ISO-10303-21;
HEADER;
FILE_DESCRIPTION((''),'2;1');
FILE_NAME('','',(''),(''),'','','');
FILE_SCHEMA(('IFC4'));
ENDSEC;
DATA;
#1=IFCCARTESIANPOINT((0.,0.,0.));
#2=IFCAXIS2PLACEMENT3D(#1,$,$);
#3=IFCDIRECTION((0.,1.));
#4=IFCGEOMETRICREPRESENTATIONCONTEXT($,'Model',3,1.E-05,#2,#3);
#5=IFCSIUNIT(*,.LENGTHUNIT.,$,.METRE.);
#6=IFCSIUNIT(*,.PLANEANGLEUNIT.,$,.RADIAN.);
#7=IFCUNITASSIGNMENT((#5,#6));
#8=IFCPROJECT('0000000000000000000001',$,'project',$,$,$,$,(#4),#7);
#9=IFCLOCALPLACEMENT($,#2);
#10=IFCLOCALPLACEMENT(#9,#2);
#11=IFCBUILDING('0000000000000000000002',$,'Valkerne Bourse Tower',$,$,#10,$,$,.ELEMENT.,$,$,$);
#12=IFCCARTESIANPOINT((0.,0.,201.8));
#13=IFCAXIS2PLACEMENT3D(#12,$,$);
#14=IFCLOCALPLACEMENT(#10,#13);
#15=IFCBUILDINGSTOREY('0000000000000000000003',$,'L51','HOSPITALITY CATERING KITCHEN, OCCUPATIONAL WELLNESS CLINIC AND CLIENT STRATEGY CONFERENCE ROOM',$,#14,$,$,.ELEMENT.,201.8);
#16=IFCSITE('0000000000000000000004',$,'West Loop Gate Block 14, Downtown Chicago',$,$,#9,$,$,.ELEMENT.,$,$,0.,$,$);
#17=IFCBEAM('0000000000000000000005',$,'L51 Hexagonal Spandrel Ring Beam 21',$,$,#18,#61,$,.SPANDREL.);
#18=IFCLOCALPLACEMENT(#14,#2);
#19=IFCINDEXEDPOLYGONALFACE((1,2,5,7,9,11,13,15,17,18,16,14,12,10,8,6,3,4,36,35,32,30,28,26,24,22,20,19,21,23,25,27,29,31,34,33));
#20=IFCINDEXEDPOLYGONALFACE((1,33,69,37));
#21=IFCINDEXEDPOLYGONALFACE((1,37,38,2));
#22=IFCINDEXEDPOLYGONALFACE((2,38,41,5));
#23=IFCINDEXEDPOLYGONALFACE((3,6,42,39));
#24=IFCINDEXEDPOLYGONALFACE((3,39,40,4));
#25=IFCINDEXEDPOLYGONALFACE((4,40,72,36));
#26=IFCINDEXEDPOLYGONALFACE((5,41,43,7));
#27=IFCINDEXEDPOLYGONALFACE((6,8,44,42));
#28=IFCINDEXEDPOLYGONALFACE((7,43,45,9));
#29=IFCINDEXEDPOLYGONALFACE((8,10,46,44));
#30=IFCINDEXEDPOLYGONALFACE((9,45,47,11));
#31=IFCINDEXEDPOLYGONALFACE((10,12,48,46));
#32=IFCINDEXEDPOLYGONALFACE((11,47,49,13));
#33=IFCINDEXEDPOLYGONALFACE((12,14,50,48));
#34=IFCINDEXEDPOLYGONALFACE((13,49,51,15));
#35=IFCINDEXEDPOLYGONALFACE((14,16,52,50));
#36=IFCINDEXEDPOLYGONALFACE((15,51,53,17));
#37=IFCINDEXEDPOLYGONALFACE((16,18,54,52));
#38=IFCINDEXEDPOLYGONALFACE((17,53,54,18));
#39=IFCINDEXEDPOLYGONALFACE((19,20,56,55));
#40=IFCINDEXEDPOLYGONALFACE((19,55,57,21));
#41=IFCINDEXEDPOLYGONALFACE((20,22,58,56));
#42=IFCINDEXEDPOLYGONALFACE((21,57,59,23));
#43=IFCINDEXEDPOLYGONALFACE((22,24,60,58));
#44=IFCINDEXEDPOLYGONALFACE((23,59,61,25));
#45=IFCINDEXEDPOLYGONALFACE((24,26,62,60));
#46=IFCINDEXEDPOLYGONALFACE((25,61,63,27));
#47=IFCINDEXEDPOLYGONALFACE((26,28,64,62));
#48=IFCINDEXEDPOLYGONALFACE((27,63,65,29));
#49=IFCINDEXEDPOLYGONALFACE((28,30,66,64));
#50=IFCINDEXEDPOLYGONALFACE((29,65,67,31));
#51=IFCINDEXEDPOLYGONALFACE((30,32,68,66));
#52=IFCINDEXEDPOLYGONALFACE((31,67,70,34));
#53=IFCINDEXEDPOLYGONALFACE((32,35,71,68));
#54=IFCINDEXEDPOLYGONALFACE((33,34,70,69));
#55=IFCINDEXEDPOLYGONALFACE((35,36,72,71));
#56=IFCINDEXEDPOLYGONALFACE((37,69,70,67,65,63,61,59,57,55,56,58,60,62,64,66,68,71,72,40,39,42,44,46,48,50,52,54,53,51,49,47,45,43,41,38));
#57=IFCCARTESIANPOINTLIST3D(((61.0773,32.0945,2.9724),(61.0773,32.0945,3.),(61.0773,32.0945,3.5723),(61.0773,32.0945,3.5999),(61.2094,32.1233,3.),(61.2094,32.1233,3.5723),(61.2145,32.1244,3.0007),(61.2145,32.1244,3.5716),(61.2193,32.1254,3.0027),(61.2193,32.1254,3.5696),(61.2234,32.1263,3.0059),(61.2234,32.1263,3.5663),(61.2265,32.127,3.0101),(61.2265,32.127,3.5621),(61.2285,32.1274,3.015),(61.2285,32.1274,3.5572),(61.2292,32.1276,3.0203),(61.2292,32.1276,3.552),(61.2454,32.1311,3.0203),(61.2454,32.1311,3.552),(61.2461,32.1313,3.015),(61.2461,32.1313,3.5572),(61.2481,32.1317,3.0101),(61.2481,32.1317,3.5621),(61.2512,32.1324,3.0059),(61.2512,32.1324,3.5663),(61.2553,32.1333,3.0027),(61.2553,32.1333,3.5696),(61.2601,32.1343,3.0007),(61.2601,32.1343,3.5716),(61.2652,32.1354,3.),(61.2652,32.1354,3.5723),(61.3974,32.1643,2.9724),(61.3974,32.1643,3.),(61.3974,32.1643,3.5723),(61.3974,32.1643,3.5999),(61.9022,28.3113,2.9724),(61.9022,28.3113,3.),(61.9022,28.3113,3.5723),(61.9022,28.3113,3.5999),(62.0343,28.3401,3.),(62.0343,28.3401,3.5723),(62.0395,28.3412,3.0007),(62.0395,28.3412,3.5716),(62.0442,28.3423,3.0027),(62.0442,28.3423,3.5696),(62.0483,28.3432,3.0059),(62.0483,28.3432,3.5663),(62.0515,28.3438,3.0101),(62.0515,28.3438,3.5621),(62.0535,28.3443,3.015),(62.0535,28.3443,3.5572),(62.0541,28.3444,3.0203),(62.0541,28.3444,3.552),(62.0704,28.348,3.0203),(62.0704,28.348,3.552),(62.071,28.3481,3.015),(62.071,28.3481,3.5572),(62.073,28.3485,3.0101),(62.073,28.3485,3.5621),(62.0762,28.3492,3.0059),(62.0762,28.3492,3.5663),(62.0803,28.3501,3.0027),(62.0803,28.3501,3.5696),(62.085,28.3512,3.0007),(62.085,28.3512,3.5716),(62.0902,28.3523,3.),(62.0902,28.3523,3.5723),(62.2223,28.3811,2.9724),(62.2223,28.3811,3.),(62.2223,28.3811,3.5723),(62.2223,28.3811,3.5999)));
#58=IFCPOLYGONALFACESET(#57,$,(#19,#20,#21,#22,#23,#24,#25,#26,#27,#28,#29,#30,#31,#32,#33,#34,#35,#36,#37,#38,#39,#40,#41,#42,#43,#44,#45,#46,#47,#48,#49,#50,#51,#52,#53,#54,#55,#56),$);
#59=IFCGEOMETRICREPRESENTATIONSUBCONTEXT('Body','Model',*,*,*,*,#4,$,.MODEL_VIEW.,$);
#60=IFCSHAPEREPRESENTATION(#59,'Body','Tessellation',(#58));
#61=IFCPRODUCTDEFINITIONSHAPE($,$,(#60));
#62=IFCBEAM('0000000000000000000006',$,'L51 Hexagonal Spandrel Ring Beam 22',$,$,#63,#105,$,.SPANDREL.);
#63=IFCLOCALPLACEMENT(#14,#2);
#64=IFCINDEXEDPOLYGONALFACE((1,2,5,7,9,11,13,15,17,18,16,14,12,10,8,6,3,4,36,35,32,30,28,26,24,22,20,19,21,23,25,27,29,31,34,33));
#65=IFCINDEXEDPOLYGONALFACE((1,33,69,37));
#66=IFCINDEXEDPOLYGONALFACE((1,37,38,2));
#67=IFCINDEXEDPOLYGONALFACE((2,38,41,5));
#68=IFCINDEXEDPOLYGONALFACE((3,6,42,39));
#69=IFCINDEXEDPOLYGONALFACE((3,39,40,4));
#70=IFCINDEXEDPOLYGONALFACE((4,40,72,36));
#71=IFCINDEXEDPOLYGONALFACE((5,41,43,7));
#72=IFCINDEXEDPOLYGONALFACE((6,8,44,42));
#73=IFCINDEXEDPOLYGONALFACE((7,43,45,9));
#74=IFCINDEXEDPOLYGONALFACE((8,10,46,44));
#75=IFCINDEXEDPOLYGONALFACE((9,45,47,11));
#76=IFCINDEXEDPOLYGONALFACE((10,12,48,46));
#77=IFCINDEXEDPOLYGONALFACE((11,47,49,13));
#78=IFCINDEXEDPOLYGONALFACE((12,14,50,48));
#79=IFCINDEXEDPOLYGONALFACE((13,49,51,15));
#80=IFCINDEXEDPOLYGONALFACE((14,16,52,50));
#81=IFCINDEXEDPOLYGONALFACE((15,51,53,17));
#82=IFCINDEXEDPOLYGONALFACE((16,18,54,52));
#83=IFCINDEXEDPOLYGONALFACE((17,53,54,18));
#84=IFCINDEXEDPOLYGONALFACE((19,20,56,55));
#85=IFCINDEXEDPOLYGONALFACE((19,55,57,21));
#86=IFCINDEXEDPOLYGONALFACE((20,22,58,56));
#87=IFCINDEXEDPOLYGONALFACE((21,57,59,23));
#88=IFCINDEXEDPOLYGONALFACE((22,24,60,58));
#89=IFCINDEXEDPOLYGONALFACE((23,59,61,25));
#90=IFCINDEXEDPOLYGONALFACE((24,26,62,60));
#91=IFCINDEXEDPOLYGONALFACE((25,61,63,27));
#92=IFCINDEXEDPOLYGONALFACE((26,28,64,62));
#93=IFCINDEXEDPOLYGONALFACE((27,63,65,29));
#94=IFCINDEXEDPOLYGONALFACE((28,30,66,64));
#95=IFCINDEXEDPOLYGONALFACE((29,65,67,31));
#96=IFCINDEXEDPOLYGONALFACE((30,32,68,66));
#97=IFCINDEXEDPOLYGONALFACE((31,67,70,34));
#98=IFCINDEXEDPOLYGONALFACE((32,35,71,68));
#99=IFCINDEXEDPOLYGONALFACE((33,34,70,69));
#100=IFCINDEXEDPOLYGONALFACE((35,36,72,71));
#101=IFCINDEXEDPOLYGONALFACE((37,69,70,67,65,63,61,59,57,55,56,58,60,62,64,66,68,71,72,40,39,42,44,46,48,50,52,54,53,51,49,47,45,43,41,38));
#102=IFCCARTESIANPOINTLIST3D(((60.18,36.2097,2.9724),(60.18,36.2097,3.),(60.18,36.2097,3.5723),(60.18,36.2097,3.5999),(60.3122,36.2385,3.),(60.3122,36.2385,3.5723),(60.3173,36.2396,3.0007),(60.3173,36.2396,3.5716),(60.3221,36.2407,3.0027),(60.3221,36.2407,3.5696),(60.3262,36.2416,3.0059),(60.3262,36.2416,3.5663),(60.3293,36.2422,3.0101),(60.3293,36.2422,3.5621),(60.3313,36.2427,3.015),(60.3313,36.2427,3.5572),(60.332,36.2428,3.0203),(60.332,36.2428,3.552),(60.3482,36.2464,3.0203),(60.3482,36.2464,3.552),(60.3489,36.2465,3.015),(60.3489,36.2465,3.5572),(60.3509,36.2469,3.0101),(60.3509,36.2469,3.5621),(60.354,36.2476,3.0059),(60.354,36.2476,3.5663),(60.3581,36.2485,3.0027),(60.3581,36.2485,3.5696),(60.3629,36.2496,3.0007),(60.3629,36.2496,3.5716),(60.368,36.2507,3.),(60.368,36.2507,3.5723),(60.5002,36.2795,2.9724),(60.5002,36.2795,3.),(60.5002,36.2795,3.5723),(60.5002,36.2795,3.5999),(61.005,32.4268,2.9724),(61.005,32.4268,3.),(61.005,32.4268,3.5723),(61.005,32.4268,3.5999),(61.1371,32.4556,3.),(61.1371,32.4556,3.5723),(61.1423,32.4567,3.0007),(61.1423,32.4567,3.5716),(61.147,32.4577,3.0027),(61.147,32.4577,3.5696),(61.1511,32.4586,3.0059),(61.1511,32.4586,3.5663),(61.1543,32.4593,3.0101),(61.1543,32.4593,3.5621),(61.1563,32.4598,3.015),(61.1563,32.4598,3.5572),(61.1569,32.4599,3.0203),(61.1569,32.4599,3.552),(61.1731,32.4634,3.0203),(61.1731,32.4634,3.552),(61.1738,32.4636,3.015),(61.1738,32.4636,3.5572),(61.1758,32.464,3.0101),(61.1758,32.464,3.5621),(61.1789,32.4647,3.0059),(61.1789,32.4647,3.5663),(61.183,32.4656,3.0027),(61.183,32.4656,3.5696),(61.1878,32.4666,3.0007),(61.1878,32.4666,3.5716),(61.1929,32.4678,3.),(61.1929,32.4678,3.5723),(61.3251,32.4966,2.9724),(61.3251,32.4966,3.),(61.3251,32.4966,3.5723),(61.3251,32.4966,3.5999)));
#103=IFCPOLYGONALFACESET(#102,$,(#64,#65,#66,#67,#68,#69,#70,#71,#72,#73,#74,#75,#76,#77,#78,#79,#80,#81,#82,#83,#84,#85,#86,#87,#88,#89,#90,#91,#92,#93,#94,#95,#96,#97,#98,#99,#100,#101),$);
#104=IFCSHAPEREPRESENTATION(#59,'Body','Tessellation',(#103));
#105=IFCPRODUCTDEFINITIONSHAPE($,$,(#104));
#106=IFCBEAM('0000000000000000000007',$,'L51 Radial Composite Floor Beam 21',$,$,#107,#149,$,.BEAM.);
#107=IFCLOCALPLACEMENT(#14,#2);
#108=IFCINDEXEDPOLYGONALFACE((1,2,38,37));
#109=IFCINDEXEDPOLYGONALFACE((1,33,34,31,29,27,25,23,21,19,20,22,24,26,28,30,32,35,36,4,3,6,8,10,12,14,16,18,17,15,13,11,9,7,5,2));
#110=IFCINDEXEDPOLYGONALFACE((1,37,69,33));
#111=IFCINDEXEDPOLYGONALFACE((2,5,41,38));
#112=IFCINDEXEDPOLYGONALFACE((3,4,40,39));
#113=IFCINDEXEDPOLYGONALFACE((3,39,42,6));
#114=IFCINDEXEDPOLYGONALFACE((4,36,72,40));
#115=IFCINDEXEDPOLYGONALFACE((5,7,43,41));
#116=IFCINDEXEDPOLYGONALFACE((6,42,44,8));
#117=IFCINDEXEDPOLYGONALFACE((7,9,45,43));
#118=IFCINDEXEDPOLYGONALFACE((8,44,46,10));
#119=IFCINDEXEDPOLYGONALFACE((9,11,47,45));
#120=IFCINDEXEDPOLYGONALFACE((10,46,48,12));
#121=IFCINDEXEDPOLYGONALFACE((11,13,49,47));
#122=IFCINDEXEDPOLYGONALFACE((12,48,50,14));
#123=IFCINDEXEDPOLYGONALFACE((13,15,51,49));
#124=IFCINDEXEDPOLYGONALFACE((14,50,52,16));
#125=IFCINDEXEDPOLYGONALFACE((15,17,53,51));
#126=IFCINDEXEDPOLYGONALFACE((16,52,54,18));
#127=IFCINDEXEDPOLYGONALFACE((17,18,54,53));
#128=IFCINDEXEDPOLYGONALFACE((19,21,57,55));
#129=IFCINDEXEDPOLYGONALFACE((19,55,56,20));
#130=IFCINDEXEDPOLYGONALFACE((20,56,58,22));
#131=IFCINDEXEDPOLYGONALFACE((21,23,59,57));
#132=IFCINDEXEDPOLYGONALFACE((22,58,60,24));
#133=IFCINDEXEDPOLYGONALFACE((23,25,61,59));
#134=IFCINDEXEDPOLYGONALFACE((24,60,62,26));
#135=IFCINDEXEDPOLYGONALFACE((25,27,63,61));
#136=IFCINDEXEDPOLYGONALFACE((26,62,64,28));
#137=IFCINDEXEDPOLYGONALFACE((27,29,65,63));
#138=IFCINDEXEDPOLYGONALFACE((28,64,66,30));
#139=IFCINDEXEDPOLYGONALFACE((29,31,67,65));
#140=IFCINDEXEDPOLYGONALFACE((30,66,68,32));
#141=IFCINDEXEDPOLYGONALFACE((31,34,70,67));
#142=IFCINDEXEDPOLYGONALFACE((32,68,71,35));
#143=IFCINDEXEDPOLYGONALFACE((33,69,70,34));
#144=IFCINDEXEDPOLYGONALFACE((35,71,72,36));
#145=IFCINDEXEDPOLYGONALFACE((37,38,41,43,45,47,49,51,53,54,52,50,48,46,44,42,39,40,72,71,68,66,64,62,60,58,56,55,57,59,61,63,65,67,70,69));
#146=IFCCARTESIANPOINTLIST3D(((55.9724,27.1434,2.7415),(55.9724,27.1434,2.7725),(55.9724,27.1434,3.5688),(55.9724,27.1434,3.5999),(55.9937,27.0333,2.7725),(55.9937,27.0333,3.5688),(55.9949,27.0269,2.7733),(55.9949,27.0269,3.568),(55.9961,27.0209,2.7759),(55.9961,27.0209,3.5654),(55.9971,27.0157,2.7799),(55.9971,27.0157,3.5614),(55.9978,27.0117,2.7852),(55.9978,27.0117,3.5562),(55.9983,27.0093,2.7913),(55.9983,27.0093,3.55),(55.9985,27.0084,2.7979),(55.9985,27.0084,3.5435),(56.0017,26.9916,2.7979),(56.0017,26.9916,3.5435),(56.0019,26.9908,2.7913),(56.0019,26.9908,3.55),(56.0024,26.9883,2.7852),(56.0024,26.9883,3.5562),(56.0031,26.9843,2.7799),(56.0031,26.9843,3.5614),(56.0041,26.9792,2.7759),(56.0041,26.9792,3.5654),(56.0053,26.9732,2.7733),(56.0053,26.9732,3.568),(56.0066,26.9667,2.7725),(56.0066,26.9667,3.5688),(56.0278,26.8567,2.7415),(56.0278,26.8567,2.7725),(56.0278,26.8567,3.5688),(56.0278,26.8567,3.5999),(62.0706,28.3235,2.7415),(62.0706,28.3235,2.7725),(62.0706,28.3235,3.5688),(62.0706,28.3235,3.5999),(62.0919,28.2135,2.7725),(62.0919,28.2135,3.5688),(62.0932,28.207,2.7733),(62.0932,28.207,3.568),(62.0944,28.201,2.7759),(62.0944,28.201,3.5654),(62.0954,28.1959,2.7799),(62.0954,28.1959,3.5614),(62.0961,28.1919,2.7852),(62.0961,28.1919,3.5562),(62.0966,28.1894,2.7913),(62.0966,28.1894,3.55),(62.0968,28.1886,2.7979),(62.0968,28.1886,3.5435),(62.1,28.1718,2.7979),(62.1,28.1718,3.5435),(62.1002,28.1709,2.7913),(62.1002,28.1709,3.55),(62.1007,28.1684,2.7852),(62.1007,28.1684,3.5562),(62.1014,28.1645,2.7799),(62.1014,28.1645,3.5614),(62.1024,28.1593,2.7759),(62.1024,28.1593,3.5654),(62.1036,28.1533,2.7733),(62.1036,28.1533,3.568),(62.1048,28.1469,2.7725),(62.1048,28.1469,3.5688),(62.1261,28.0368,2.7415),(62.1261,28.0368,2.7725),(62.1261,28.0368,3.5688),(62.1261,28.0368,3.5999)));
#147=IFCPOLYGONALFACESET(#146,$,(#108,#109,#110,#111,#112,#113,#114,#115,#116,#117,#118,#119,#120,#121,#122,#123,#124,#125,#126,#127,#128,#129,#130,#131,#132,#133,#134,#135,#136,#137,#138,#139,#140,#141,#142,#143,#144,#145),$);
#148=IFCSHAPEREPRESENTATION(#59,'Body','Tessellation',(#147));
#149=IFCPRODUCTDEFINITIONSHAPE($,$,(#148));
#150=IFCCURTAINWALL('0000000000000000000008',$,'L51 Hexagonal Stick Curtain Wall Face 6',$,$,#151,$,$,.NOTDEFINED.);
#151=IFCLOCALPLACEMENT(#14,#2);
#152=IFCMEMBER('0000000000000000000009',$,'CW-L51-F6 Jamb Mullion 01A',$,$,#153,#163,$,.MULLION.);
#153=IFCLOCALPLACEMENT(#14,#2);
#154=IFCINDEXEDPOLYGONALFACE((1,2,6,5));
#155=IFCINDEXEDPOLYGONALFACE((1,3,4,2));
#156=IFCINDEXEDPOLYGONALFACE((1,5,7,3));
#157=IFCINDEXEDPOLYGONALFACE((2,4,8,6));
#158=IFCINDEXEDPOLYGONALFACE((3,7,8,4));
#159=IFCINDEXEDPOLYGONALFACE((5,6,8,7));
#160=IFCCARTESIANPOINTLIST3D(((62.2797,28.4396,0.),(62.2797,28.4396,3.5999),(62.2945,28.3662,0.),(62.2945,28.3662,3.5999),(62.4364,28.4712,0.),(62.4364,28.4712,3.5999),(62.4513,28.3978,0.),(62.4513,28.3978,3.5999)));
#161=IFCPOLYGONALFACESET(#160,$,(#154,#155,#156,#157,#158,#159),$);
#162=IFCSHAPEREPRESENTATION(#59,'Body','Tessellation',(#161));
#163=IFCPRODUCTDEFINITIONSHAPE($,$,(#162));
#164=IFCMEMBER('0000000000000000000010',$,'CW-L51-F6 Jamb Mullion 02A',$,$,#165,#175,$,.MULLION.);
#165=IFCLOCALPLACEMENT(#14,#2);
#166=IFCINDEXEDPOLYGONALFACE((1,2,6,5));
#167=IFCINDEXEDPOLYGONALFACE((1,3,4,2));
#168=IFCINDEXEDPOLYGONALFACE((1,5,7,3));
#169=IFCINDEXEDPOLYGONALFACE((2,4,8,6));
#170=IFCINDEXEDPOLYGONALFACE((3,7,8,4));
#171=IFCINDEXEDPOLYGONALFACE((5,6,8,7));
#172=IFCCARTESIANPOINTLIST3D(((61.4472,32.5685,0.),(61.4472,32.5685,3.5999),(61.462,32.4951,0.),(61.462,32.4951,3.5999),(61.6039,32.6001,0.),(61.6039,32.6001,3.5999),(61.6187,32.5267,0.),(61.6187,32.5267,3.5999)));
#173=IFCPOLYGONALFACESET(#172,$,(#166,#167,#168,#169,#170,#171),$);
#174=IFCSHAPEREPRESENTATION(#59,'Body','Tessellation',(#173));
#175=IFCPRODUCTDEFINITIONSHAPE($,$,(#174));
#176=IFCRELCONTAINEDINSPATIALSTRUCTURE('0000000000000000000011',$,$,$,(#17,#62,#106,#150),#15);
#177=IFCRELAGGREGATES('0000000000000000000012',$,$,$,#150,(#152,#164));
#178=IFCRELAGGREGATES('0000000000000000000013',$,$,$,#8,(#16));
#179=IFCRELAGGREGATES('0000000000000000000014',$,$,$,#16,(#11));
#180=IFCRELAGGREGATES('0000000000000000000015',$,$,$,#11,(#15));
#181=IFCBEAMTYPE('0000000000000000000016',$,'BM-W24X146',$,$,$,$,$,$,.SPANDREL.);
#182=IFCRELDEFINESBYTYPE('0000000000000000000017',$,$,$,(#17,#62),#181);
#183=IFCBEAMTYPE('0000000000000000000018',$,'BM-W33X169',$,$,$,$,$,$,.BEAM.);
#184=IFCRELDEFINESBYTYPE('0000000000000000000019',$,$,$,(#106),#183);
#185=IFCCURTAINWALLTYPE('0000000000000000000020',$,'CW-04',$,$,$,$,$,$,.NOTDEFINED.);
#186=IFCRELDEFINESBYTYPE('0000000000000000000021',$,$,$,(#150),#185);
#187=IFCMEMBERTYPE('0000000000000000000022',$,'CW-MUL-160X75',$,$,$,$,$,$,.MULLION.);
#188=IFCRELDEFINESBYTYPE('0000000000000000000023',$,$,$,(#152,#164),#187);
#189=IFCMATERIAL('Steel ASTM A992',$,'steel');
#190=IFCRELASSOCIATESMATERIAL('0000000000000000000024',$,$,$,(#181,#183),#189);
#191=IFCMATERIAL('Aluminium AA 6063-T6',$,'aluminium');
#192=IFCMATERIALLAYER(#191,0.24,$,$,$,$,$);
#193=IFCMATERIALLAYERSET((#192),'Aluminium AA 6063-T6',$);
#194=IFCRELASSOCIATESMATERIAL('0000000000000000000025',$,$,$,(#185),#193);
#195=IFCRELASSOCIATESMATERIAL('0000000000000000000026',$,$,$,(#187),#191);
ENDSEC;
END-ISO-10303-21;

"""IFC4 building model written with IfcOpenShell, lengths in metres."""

from ifc_helpers import new_model, si_unit, direction, frame, origin, origin_2d, place, context, subcontext, project, spatial, rectangle, i_section, extrude, material, layer, layer_set, material_profile, profile_set, type_object, element, aggregate, save


model = new_model("IFC4")

# Units and contexts
model_context = context("Model", 3, precision=1e-05, world=origin(), true_north=direction((0.0, 1.0)))
body_context = subcontext(model_context, "Body", "Model", "MODEL_VIEW")
ifc_project = project(units=[si_unit("LENGTHUNIT", "METRE"), si_unit("PLANEANGLEUNIT", "RADIAN")], contexts=[model_context])

# Site, building, storey
site_placement = place(None, origin())
site = spatial("IfcSite", under=ifc_project, at=site_placement, Name="West Loop Gate Block 14, Downtown Chicago", CompositionType="ELEMENT", RefElevation=0.0)
building_placement = place(site_placement, origin())
building = spatial("IfcBuilding", under=site, at=building_placement, Name="Valkerne Bourse Tower", CompositionType="ELEMENT")
storey_placement = place(building_placement, frame((0.0, 0.0, 201.8)))
storey = spatial("IfcBuildingStorey", under=building, at=storey_placement, Name="L51", Description="HOSPITALITY CATERING KITCHEN, OCCUPATIONAL WELLNESS CLINIC AND CLIENT STRATEGY CONFERENCE ROOM", CompositionType="ELEMENT", Elevation=201.8)

# Beams
ifc_material_1 = material(Name="Steel ASTM A992", Category="steel")
ifc_material_profile_1 = material_profile(ifc_material_1, i_section(OverallWidth=0.3276, OverallDepth=0.6274, WebThickness=0.0166, FlangeThickness=0.0276, FilletRadius=0.0203, at=origin_2d()), Name="W24X146")
ifc_profile_set_1 = profile_set([ifc_material_profile_1], Name="Steel ASTM A992")
beam_type_1 = type_object("IfcBeamType", Name="BM-W24X146", PredefinedType="SPANDREL", material=ifc_profile_set_1)
beam_1_placement = place(storey_placement, frame((62.0623, 28.3462, 3.2861), z_axis=(-0.21305, 0.977041, 0.0), x_axis=(-0.977041, -0.21305, 0.0)))
element("IfcBeam", 1, at=beam_1_placement, inside=storey, type_object=beam_type_1, Name="L51 Hexagonal Spandrel Ring Beam 21", PredefinedType="SPANDREL", context=body_context, shape_type="SweptSolid", body=[
    extrude(i_section(OverallWidth=0.3276, OverallDepth=0.6274, WebThickness=0.0166, FlangeThickness=0.0276, FilletRadius=0.0203, at=origin_2d()), origin(), (0.0, 0.0, 1.0), 3.8721),
])
beam_2_placement = place(storey_placement, frame((61.165, 32.4617, 3.2861), z_axis=(-0.213063, 0.977038, 0.0), x_axis=(-0.977038, -0.213063, 0.0)))
element("IfcBeam", 2, at=beam_2_placement, inside=storey, type_object=beam_type_1, Name="L51 Hexagonal Spandrel Ring Beam 22", PredefinedType="SPANDREL", context=body_context, shape_type="SweptSolid", body=[
    extrude(i_section(OverallWidth=0.3276, OverallDepth=0.6274, WebThickness=0.0166, FlangeThickness=0.0276, FilletRadius=0.0203, at=origin_2d()), origin(), (0.0, 0.0, 1.0), 3.8718),
])
ifc_material_profile_2 = material_profile(ifc_material_1, i_section(OverallWidth=0.292, OverallDepth=0.8584, WebThickness=0.0171, FlangeThickness=0.031, FilletRadius=0.0254, at=origin_2d()), Name="W33X169")
ifc_profile_set_2 = profile_set([ifc_material_profile_2], Name="Steel ASTM A992")
beam_type_2 = type_object("IfcBeamType", Name="BM-W33X169", PredefinedType="BEAM", material=ifc_profile_set_2)
beam_3_placement = place(storey_placement, frame((62.0984, 28.1802, 3.1707), z_axis=(-0.981785, -0.189997, 0.0), x_axis=(0.189997, -0.981785, 0.0)))
element("IfcBeam", 3, at=beam_3_placement, inside=storey, type_object=beam_type_2, Name="L51 Radial Composite Floor Beam 21", PredefinedType="BEAM", context=body_context, shape_type="SweptSolid", body=[
    extrude(i_section(OverallWidth=0.292, OverallDepth=0.8584, WebThickness=0.0171, FlangeThickness=0.031, FilletRadius=0.0254, at=origin_2d()), origin(), (0.0, 0.0, 1.0), 6.2114),
])

# Curtain wall, members
ifc_material_2 = material(Name="Aluminium AA 6063-T6", Category="aluminium")
ifc_layer_1 = layer(ifc_material_2, 0.24)
ifc_layer_set_1 = layer_set([ifc_layer_1], Name="Aluminium AA 6063-T6")
curtain_wall_type = type_object("IfcCurtainWallType", Name="CW-04", PredefinedType="NOTDEFINED", material=ifc_layer_set_1)
curtain_wall_placement = place(storey_placement, origin())
curtain_wall = element("IfcCurtainWall", 4, at=curtain_wall_placement, inside=storey, type_object=curtain_wall_type, Name="L51 Hexagonal Stick Curtain Wall Face 6", PredefinedType="NOTDEFINED")
ifc_material_profile_3 = material_profile(ifc_material_2, rectangle(XDim=0.075, YDim=0.1599, at=origin_2d()), Name="CWM-75X160")
ifc_profile_set_3 = profile_set([ifc_material_profile_3], Name="Aluminium AA 6063-T6")
member_type_1 = type_object("IfcMemberType", Name="CW-MUL-160X75", PredefinedType="MULLION", material=ifc_profile_set_3)
member_1_placement = place(storey_placement, frame((62.3655, 28.4187, 0.0), z_axis=(0.0, 0.0, 1.0), x_axis=(-0.197673, 0.980268, 0.0)))
member_1 = element("IfcMember", 5, at=member_1_placement, type_object=member_type_1, Name="CW-L51-F6 Jamb Mullion 01A", PredefinedType="MULLION", context=body_context, shape_type="SweptSolid", body=[
    extrude(rectangle(XDim=0.075, YDim=0.1599, at=origin_2d()), origin(), (0.0, 0.0, 1.0), 3.5999),
])
member_2_placement = place(storey_placement, frame((61.533, 32.5476, 0.0), z_axis=(0.0, 0.0, 1.0), x_axis=(-0.19765, 0.980273, 0.0)))
member_2 = element("IfcMember", 6, at=member_2_placement, type_object=member_type_1, Name="CW-L51-F6 Jamb Mullion 02A", PredefinedType="MULLION", context=body_context, shape_type="SweptSolid", body=[
    extrude(rectangle(XDim=0.075, YDim=0.1599, at=origin_2d()), origin(), (0.0, 0.0, 1.0), 3.5999),
])

aggregate(curtain_wall, [member_1, member_2])

save(model, "model.ifc")
